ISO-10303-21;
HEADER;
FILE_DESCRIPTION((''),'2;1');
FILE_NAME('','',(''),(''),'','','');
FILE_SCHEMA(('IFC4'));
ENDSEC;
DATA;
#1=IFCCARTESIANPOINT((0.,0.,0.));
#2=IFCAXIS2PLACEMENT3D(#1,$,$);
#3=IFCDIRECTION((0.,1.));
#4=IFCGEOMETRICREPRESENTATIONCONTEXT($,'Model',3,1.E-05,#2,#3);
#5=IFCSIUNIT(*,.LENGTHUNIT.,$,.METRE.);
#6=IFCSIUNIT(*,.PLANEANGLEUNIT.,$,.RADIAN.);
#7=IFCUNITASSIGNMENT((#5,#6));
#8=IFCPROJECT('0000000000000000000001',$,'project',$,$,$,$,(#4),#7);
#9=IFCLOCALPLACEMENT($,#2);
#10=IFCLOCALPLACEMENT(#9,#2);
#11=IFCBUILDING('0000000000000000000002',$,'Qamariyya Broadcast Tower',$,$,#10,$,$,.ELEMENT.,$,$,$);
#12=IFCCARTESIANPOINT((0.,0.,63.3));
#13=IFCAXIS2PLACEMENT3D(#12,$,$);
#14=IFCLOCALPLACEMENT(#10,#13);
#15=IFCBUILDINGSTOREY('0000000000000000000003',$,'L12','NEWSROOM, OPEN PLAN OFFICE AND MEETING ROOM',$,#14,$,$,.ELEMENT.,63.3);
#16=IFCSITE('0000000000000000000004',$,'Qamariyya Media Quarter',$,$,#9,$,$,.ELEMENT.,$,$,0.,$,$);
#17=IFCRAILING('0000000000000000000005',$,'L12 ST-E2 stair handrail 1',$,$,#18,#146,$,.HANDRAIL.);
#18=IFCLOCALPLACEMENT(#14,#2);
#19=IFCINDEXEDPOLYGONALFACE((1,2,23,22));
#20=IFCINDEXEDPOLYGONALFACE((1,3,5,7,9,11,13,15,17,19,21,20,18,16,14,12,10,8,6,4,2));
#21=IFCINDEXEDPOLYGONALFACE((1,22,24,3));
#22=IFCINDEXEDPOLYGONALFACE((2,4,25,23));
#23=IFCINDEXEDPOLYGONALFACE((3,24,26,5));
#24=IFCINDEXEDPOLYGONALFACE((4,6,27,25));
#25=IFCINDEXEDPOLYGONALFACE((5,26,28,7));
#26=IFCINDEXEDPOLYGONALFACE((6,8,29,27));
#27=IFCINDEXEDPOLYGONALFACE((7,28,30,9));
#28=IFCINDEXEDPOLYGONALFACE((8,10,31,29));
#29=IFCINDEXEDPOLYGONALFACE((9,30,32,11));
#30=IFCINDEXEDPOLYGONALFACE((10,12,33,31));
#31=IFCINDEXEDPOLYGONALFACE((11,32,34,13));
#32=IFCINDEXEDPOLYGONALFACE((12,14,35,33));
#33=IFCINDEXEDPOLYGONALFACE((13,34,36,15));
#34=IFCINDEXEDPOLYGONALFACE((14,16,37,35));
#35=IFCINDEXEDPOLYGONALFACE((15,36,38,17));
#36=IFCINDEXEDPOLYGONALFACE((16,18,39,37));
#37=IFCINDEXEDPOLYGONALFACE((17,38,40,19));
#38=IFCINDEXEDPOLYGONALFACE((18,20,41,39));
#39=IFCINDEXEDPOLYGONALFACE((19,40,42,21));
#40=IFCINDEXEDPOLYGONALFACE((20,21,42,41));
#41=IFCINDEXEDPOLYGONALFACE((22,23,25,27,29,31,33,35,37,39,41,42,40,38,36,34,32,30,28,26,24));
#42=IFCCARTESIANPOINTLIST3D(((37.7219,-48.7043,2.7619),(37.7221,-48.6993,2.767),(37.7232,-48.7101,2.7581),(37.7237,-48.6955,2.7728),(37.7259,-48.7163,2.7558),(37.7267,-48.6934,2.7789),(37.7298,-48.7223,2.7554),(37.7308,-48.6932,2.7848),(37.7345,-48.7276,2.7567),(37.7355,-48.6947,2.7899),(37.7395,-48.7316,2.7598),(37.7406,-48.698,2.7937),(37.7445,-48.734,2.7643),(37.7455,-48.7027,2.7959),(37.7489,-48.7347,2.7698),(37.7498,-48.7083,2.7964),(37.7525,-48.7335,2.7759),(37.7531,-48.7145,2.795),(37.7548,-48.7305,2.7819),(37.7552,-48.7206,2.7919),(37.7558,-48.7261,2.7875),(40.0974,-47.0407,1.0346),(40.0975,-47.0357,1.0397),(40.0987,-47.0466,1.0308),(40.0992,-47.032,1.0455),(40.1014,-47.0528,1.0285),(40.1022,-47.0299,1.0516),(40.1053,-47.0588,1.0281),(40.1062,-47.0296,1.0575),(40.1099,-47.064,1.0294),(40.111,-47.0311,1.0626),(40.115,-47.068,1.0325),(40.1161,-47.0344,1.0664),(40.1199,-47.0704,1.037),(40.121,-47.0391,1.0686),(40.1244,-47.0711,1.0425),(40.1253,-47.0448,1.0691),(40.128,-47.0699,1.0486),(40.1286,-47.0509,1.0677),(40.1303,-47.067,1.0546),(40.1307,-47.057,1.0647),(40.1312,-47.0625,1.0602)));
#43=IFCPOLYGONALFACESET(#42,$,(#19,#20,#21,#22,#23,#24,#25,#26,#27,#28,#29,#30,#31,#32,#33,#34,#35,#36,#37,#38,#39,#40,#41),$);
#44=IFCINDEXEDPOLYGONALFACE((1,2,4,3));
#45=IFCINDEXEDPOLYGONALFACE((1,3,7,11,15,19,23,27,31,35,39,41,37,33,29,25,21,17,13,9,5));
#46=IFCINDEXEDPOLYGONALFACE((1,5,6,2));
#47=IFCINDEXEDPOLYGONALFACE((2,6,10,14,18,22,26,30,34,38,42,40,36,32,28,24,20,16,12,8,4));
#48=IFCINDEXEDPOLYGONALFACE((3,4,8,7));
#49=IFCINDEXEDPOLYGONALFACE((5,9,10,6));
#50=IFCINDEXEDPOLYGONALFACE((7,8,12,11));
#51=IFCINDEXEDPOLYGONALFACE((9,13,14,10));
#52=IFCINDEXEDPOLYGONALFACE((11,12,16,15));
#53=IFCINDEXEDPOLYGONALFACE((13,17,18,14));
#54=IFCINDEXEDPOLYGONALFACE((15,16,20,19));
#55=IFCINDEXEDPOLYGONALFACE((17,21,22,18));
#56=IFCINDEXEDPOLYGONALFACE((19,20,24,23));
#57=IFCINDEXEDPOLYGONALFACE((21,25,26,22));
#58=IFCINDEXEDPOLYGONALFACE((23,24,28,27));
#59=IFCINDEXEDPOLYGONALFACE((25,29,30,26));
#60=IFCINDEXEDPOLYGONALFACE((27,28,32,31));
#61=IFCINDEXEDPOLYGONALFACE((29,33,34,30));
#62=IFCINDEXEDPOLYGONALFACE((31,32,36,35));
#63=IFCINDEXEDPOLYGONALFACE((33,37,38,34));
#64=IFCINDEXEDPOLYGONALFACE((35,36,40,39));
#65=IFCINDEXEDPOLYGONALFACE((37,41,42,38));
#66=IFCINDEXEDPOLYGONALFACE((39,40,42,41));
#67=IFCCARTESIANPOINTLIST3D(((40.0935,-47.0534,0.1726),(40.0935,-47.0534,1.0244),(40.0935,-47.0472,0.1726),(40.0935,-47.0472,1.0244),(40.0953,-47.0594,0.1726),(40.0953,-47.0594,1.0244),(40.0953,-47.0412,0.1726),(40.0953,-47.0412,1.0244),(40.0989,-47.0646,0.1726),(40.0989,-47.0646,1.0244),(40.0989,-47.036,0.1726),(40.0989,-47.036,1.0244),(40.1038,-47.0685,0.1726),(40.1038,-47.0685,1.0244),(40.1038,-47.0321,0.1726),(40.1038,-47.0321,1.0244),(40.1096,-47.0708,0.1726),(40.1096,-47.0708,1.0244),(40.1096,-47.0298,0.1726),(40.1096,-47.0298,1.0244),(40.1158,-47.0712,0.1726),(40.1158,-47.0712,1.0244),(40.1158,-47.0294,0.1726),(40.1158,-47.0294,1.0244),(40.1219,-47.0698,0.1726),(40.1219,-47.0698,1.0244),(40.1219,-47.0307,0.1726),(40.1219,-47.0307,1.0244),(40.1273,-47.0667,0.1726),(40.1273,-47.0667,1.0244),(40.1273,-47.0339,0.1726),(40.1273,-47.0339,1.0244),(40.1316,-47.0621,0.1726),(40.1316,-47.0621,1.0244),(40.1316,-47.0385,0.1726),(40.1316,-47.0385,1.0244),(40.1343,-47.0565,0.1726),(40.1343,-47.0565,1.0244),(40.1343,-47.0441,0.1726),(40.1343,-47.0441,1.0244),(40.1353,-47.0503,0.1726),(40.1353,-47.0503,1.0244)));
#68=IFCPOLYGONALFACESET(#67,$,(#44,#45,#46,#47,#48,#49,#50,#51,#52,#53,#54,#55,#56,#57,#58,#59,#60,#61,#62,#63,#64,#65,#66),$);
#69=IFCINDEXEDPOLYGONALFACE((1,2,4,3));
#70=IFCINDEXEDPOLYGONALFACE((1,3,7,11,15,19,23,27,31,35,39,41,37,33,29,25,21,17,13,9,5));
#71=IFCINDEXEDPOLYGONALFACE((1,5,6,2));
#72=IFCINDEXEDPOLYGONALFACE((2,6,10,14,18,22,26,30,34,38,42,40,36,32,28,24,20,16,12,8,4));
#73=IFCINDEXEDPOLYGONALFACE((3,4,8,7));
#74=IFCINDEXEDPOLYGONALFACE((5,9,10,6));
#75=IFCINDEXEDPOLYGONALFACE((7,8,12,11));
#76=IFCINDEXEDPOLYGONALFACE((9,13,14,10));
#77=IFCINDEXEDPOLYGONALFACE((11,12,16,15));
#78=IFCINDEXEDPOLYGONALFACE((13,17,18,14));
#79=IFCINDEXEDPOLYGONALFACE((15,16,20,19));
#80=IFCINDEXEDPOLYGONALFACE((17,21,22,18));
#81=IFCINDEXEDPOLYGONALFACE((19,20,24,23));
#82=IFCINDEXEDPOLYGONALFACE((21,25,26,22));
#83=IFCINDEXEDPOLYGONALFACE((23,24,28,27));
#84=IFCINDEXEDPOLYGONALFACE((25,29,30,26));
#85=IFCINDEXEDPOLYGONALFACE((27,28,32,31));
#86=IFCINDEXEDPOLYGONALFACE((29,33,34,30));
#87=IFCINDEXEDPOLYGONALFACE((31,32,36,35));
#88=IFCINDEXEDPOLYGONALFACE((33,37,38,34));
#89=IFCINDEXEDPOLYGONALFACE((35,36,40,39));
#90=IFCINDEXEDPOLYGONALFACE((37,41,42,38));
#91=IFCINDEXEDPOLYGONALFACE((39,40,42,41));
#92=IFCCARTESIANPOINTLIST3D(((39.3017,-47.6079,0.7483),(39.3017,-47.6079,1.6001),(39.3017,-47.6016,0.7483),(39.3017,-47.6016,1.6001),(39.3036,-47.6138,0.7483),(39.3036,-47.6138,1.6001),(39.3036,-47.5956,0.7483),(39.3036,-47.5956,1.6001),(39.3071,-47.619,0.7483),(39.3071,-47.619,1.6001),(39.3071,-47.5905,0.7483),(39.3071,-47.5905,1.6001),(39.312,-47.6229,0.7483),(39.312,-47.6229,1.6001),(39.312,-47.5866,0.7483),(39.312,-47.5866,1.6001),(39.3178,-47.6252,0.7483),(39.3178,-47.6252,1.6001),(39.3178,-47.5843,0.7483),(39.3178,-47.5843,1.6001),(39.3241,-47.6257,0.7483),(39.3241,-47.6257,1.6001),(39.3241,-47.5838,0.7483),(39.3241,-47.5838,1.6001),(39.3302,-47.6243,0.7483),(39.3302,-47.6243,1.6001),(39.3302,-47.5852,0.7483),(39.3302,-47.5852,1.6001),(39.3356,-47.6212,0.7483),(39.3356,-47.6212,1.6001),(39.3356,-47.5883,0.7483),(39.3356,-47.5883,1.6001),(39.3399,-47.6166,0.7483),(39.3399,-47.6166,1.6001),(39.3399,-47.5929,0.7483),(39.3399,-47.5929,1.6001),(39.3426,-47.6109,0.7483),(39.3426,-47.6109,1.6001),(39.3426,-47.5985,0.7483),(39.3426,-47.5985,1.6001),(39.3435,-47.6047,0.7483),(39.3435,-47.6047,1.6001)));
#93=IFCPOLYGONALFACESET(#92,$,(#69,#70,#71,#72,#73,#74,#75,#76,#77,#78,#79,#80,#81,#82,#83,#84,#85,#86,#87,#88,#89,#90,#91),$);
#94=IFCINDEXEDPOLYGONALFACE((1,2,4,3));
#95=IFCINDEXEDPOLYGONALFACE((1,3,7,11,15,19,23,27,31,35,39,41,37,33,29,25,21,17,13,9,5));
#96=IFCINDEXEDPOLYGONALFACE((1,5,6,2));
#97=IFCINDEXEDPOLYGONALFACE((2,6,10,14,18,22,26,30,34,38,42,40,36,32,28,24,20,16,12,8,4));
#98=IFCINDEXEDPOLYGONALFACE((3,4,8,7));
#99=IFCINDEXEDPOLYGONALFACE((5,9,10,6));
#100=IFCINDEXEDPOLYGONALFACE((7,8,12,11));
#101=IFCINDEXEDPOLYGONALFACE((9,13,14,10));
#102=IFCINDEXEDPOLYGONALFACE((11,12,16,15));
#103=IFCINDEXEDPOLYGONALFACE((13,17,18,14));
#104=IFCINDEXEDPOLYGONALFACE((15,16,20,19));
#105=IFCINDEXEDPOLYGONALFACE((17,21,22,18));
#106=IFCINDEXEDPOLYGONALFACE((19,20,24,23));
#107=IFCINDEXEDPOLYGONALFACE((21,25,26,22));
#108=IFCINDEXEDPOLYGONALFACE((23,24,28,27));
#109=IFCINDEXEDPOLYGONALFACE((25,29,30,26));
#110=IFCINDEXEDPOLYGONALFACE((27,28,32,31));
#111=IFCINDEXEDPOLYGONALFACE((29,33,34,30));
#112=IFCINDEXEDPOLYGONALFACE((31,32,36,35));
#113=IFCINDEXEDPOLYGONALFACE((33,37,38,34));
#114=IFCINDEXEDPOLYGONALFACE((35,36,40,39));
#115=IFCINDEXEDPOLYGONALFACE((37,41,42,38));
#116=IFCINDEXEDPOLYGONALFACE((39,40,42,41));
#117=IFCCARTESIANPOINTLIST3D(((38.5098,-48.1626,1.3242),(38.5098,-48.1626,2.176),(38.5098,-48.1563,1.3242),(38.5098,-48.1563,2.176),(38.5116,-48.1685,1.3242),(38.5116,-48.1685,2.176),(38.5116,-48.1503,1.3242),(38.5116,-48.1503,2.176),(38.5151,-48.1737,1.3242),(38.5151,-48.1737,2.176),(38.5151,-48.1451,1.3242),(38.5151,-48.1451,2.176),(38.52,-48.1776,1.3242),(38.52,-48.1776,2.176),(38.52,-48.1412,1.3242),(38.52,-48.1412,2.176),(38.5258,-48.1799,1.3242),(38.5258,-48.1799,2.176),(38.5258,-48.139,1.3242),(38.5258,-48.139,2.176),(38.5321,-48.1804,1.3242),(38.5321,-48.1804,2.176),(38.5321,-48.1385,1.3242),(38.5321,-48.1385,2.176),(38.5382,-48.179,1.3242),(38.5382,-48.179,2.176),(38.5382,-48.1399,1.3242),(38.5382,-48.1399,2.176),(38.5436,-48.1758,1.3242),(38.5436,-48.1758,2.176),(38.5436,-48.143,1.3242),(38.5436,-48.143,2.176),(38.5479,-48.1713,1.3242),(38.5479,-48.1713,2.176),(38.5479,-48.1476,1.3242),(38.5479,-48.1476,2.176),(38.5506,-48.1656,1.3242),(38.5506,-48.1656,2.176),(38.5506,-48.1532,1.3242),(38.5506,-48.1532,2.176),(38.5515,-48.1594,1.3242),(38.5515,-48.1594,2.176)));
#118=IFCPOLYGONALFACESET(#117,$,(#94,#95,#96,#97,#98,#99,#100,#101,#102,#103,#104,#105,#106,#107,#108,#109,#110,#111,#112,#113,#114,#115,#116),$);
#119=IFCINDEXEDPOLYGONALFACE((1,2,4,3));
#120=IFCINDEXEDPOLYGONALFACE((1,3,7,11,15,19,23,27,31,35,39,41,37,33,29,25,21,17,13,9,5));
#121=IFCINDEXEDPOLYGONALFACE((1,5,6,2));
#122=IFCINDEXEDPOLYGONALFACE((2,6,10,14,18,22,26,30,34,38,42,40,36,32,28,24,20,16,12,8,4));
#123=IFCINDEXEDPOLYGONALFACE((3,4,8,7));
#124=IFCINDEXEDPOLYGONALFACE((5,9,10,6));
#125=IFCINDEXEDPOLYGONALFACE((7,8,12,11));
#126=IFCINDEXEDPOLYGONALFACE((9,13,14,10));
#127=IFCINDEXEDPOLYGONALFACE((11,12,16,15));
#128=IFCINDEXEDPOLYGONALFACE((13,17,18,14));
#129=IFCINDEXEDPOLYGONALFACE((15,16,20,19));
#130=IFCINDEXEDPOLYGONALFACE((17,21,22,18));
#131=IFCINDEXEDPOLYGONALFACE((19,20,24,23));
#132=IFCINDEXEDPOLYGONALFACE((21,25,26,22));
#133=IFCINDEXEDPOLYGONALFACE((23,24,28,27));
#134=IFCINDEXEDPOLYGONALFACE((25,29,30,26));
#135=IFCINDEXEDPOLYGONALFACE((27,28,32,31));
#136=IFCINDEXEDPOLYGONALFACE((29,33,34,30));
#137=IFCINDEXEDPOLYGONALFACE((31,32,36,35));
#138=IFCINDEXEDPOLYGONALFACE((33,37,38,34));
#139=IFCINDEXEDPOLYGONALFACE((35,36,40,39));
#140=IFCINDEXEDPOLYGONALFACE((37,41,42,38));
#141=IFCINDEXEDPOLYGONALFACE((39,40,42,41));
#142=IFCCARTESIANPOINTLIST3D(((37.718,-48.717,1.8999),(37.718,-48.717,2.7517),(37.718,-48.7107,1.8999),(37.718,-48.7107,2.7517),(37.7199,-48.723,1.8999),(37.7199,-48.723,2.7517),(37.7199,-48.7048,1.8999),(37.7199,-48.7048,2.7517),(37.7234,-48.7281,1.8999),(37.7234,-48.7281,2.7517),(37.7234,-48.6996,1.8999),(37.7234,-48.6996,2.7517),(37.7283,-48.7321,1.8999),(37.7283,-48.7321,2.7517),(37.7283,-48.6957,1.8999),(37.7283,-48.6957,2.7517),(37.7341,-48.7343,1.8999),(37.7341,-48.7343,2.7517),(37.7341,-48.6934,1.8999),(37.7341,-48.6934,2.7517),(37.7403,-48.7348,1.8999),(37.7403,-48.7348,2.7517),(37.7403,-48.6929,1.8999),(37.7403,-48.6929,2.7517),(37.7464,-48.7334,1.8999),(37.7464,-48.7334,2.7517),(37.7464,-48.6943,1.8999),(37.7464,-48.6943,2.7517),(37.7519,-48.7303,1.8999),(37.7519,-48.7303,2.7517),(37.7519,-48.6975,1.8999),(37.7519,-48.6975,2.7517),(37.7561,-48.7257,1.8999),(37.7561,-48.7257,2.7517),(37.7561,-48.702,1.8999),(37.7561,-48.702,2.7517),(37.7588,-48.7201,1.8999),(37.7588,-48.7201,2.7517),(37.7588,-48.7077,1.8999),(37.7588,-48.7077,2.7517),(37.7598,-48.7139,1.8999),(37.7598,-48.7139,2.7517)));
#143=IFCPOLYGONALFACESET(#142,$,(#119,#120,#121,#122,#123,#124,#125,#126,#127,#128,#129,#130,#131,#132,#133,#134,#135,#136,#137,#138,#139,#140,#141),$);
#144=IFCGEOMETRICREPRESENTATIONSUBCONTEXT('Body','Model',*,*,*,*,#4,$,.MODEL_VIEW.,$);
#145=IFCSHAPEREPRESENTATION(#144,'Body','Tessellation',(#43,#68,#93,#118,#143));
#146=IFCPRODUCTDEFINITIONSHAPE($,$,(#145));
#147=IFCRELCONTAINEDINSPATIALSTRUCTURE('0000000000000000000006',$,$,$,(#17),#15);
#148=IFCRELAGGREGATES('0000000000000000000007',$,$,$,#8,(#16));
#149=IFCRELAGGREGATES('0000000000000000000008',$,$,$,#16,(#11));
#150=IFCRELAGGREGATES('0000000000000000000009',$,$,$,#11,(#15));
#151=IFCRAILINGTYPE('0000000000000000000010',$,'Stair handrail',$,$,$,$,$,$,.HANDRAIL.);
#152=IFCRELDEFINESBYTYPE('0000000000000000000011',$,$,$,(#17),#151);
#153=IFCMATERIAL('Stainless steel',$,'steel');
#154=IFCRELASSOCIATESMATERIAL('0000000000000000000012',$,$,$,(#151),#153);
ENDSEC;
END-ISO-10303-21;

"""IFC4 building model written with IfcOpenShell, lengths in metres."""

from ifc_helpers import new_model, si_unit, direction, frame, origin, origin_2d, place, context, subcontext, project, spatial, circle, extrude, material, type_object, element, save


model = new_model("IFC4")

# Units and contexts
model_context = context("Model", 3, precision=1e-05, world=origin(), true_north=direction((0.0, 1.0)))
body_context = subcontext(model_context, "Body", "Model", "MODEL_VIEW")
ifc_project = project(units=[si_unit("LENGTHUNIT", "METRE"), si_unit("PLANEANGLEUNIT", "RADIAN")], contexts=[model_context])

# Site, building, storey
site_placement = place(None, origin())
site = spatial("IfcSite", under=ifc_project, at=site_placement, Name="Qamariyya Media Quarter", CompositionType="ELEMENT", RefElevation=0.0)
building_placement = place(site_placement, origin())
building = spatial("IfcBuilding", under=site, at=building_placement, Name="Qamariyya Broadcast Tower", CompositionType="ELEMENT")
storey_placement = place(building_placement, frame((0.0, 0.0, 63.3)))
storey = spatial("IfcBuildingStorey", under=building, at=storey_placement, Name="L12", Description="NEWSROOM, OPEN PLAN OFFICE AND MEETING ROOM", CompositionType="ELEMENT", Elevation=63.3)

# Railing
ifc_material_1 = material(Name="Stainless steel", Category="steel")
railing_type_1 = type_object("IfcRailingType", Name="Stair handrail", PredefinedType="HANDRAIL", material=ifc_material_1)
railing_1_placement = place(storey_placement, frame((40.1143, -47.0503, 0.1726)))
element("IfcRailing", 1, at=railing_1_placement, inside=storey, type_object=railing_type_1, Name="L12 ST-E2 stair handrail 1", PredefinedType="HANDRAIL", context=body_context, shape_type="SweptSolid", body=[
    extrude(circle(Radius=0.0239, at=origin_2d()), frame((0.0, 0.0, 0.876), z_axis=(-0.703745, -0.492838, 0.511716), x_axis=(0.573632, -0.819113, 0.0)), (0.0, 0.0, 1.0), 3.3755),
    extrude(circle(Radius=0.021, at=origin_2d()), origin(), (0.0, 0.0, 1.0), 0.8518),
    extrude(circle(Radius=0.021, at=origin_2d()), frame((-0.7917, -0.5544, 0.5757)), (0.0, 0.0, 1.0), 0.8518),
    extrude(circle(Radius=0.021, at=origin_2d()), frame((-1.5837, -1.1091, 1.1516)), (0.0, 0.0, 1.0), 0.8518),
    extrude(circle(Radius=0.021, at=origin_2d()), frame((-2.3755, -1.6636, 1.7273)), (0.0, 0.0, 1.0), 0.8518),
])

save(model, "model.ifc")
